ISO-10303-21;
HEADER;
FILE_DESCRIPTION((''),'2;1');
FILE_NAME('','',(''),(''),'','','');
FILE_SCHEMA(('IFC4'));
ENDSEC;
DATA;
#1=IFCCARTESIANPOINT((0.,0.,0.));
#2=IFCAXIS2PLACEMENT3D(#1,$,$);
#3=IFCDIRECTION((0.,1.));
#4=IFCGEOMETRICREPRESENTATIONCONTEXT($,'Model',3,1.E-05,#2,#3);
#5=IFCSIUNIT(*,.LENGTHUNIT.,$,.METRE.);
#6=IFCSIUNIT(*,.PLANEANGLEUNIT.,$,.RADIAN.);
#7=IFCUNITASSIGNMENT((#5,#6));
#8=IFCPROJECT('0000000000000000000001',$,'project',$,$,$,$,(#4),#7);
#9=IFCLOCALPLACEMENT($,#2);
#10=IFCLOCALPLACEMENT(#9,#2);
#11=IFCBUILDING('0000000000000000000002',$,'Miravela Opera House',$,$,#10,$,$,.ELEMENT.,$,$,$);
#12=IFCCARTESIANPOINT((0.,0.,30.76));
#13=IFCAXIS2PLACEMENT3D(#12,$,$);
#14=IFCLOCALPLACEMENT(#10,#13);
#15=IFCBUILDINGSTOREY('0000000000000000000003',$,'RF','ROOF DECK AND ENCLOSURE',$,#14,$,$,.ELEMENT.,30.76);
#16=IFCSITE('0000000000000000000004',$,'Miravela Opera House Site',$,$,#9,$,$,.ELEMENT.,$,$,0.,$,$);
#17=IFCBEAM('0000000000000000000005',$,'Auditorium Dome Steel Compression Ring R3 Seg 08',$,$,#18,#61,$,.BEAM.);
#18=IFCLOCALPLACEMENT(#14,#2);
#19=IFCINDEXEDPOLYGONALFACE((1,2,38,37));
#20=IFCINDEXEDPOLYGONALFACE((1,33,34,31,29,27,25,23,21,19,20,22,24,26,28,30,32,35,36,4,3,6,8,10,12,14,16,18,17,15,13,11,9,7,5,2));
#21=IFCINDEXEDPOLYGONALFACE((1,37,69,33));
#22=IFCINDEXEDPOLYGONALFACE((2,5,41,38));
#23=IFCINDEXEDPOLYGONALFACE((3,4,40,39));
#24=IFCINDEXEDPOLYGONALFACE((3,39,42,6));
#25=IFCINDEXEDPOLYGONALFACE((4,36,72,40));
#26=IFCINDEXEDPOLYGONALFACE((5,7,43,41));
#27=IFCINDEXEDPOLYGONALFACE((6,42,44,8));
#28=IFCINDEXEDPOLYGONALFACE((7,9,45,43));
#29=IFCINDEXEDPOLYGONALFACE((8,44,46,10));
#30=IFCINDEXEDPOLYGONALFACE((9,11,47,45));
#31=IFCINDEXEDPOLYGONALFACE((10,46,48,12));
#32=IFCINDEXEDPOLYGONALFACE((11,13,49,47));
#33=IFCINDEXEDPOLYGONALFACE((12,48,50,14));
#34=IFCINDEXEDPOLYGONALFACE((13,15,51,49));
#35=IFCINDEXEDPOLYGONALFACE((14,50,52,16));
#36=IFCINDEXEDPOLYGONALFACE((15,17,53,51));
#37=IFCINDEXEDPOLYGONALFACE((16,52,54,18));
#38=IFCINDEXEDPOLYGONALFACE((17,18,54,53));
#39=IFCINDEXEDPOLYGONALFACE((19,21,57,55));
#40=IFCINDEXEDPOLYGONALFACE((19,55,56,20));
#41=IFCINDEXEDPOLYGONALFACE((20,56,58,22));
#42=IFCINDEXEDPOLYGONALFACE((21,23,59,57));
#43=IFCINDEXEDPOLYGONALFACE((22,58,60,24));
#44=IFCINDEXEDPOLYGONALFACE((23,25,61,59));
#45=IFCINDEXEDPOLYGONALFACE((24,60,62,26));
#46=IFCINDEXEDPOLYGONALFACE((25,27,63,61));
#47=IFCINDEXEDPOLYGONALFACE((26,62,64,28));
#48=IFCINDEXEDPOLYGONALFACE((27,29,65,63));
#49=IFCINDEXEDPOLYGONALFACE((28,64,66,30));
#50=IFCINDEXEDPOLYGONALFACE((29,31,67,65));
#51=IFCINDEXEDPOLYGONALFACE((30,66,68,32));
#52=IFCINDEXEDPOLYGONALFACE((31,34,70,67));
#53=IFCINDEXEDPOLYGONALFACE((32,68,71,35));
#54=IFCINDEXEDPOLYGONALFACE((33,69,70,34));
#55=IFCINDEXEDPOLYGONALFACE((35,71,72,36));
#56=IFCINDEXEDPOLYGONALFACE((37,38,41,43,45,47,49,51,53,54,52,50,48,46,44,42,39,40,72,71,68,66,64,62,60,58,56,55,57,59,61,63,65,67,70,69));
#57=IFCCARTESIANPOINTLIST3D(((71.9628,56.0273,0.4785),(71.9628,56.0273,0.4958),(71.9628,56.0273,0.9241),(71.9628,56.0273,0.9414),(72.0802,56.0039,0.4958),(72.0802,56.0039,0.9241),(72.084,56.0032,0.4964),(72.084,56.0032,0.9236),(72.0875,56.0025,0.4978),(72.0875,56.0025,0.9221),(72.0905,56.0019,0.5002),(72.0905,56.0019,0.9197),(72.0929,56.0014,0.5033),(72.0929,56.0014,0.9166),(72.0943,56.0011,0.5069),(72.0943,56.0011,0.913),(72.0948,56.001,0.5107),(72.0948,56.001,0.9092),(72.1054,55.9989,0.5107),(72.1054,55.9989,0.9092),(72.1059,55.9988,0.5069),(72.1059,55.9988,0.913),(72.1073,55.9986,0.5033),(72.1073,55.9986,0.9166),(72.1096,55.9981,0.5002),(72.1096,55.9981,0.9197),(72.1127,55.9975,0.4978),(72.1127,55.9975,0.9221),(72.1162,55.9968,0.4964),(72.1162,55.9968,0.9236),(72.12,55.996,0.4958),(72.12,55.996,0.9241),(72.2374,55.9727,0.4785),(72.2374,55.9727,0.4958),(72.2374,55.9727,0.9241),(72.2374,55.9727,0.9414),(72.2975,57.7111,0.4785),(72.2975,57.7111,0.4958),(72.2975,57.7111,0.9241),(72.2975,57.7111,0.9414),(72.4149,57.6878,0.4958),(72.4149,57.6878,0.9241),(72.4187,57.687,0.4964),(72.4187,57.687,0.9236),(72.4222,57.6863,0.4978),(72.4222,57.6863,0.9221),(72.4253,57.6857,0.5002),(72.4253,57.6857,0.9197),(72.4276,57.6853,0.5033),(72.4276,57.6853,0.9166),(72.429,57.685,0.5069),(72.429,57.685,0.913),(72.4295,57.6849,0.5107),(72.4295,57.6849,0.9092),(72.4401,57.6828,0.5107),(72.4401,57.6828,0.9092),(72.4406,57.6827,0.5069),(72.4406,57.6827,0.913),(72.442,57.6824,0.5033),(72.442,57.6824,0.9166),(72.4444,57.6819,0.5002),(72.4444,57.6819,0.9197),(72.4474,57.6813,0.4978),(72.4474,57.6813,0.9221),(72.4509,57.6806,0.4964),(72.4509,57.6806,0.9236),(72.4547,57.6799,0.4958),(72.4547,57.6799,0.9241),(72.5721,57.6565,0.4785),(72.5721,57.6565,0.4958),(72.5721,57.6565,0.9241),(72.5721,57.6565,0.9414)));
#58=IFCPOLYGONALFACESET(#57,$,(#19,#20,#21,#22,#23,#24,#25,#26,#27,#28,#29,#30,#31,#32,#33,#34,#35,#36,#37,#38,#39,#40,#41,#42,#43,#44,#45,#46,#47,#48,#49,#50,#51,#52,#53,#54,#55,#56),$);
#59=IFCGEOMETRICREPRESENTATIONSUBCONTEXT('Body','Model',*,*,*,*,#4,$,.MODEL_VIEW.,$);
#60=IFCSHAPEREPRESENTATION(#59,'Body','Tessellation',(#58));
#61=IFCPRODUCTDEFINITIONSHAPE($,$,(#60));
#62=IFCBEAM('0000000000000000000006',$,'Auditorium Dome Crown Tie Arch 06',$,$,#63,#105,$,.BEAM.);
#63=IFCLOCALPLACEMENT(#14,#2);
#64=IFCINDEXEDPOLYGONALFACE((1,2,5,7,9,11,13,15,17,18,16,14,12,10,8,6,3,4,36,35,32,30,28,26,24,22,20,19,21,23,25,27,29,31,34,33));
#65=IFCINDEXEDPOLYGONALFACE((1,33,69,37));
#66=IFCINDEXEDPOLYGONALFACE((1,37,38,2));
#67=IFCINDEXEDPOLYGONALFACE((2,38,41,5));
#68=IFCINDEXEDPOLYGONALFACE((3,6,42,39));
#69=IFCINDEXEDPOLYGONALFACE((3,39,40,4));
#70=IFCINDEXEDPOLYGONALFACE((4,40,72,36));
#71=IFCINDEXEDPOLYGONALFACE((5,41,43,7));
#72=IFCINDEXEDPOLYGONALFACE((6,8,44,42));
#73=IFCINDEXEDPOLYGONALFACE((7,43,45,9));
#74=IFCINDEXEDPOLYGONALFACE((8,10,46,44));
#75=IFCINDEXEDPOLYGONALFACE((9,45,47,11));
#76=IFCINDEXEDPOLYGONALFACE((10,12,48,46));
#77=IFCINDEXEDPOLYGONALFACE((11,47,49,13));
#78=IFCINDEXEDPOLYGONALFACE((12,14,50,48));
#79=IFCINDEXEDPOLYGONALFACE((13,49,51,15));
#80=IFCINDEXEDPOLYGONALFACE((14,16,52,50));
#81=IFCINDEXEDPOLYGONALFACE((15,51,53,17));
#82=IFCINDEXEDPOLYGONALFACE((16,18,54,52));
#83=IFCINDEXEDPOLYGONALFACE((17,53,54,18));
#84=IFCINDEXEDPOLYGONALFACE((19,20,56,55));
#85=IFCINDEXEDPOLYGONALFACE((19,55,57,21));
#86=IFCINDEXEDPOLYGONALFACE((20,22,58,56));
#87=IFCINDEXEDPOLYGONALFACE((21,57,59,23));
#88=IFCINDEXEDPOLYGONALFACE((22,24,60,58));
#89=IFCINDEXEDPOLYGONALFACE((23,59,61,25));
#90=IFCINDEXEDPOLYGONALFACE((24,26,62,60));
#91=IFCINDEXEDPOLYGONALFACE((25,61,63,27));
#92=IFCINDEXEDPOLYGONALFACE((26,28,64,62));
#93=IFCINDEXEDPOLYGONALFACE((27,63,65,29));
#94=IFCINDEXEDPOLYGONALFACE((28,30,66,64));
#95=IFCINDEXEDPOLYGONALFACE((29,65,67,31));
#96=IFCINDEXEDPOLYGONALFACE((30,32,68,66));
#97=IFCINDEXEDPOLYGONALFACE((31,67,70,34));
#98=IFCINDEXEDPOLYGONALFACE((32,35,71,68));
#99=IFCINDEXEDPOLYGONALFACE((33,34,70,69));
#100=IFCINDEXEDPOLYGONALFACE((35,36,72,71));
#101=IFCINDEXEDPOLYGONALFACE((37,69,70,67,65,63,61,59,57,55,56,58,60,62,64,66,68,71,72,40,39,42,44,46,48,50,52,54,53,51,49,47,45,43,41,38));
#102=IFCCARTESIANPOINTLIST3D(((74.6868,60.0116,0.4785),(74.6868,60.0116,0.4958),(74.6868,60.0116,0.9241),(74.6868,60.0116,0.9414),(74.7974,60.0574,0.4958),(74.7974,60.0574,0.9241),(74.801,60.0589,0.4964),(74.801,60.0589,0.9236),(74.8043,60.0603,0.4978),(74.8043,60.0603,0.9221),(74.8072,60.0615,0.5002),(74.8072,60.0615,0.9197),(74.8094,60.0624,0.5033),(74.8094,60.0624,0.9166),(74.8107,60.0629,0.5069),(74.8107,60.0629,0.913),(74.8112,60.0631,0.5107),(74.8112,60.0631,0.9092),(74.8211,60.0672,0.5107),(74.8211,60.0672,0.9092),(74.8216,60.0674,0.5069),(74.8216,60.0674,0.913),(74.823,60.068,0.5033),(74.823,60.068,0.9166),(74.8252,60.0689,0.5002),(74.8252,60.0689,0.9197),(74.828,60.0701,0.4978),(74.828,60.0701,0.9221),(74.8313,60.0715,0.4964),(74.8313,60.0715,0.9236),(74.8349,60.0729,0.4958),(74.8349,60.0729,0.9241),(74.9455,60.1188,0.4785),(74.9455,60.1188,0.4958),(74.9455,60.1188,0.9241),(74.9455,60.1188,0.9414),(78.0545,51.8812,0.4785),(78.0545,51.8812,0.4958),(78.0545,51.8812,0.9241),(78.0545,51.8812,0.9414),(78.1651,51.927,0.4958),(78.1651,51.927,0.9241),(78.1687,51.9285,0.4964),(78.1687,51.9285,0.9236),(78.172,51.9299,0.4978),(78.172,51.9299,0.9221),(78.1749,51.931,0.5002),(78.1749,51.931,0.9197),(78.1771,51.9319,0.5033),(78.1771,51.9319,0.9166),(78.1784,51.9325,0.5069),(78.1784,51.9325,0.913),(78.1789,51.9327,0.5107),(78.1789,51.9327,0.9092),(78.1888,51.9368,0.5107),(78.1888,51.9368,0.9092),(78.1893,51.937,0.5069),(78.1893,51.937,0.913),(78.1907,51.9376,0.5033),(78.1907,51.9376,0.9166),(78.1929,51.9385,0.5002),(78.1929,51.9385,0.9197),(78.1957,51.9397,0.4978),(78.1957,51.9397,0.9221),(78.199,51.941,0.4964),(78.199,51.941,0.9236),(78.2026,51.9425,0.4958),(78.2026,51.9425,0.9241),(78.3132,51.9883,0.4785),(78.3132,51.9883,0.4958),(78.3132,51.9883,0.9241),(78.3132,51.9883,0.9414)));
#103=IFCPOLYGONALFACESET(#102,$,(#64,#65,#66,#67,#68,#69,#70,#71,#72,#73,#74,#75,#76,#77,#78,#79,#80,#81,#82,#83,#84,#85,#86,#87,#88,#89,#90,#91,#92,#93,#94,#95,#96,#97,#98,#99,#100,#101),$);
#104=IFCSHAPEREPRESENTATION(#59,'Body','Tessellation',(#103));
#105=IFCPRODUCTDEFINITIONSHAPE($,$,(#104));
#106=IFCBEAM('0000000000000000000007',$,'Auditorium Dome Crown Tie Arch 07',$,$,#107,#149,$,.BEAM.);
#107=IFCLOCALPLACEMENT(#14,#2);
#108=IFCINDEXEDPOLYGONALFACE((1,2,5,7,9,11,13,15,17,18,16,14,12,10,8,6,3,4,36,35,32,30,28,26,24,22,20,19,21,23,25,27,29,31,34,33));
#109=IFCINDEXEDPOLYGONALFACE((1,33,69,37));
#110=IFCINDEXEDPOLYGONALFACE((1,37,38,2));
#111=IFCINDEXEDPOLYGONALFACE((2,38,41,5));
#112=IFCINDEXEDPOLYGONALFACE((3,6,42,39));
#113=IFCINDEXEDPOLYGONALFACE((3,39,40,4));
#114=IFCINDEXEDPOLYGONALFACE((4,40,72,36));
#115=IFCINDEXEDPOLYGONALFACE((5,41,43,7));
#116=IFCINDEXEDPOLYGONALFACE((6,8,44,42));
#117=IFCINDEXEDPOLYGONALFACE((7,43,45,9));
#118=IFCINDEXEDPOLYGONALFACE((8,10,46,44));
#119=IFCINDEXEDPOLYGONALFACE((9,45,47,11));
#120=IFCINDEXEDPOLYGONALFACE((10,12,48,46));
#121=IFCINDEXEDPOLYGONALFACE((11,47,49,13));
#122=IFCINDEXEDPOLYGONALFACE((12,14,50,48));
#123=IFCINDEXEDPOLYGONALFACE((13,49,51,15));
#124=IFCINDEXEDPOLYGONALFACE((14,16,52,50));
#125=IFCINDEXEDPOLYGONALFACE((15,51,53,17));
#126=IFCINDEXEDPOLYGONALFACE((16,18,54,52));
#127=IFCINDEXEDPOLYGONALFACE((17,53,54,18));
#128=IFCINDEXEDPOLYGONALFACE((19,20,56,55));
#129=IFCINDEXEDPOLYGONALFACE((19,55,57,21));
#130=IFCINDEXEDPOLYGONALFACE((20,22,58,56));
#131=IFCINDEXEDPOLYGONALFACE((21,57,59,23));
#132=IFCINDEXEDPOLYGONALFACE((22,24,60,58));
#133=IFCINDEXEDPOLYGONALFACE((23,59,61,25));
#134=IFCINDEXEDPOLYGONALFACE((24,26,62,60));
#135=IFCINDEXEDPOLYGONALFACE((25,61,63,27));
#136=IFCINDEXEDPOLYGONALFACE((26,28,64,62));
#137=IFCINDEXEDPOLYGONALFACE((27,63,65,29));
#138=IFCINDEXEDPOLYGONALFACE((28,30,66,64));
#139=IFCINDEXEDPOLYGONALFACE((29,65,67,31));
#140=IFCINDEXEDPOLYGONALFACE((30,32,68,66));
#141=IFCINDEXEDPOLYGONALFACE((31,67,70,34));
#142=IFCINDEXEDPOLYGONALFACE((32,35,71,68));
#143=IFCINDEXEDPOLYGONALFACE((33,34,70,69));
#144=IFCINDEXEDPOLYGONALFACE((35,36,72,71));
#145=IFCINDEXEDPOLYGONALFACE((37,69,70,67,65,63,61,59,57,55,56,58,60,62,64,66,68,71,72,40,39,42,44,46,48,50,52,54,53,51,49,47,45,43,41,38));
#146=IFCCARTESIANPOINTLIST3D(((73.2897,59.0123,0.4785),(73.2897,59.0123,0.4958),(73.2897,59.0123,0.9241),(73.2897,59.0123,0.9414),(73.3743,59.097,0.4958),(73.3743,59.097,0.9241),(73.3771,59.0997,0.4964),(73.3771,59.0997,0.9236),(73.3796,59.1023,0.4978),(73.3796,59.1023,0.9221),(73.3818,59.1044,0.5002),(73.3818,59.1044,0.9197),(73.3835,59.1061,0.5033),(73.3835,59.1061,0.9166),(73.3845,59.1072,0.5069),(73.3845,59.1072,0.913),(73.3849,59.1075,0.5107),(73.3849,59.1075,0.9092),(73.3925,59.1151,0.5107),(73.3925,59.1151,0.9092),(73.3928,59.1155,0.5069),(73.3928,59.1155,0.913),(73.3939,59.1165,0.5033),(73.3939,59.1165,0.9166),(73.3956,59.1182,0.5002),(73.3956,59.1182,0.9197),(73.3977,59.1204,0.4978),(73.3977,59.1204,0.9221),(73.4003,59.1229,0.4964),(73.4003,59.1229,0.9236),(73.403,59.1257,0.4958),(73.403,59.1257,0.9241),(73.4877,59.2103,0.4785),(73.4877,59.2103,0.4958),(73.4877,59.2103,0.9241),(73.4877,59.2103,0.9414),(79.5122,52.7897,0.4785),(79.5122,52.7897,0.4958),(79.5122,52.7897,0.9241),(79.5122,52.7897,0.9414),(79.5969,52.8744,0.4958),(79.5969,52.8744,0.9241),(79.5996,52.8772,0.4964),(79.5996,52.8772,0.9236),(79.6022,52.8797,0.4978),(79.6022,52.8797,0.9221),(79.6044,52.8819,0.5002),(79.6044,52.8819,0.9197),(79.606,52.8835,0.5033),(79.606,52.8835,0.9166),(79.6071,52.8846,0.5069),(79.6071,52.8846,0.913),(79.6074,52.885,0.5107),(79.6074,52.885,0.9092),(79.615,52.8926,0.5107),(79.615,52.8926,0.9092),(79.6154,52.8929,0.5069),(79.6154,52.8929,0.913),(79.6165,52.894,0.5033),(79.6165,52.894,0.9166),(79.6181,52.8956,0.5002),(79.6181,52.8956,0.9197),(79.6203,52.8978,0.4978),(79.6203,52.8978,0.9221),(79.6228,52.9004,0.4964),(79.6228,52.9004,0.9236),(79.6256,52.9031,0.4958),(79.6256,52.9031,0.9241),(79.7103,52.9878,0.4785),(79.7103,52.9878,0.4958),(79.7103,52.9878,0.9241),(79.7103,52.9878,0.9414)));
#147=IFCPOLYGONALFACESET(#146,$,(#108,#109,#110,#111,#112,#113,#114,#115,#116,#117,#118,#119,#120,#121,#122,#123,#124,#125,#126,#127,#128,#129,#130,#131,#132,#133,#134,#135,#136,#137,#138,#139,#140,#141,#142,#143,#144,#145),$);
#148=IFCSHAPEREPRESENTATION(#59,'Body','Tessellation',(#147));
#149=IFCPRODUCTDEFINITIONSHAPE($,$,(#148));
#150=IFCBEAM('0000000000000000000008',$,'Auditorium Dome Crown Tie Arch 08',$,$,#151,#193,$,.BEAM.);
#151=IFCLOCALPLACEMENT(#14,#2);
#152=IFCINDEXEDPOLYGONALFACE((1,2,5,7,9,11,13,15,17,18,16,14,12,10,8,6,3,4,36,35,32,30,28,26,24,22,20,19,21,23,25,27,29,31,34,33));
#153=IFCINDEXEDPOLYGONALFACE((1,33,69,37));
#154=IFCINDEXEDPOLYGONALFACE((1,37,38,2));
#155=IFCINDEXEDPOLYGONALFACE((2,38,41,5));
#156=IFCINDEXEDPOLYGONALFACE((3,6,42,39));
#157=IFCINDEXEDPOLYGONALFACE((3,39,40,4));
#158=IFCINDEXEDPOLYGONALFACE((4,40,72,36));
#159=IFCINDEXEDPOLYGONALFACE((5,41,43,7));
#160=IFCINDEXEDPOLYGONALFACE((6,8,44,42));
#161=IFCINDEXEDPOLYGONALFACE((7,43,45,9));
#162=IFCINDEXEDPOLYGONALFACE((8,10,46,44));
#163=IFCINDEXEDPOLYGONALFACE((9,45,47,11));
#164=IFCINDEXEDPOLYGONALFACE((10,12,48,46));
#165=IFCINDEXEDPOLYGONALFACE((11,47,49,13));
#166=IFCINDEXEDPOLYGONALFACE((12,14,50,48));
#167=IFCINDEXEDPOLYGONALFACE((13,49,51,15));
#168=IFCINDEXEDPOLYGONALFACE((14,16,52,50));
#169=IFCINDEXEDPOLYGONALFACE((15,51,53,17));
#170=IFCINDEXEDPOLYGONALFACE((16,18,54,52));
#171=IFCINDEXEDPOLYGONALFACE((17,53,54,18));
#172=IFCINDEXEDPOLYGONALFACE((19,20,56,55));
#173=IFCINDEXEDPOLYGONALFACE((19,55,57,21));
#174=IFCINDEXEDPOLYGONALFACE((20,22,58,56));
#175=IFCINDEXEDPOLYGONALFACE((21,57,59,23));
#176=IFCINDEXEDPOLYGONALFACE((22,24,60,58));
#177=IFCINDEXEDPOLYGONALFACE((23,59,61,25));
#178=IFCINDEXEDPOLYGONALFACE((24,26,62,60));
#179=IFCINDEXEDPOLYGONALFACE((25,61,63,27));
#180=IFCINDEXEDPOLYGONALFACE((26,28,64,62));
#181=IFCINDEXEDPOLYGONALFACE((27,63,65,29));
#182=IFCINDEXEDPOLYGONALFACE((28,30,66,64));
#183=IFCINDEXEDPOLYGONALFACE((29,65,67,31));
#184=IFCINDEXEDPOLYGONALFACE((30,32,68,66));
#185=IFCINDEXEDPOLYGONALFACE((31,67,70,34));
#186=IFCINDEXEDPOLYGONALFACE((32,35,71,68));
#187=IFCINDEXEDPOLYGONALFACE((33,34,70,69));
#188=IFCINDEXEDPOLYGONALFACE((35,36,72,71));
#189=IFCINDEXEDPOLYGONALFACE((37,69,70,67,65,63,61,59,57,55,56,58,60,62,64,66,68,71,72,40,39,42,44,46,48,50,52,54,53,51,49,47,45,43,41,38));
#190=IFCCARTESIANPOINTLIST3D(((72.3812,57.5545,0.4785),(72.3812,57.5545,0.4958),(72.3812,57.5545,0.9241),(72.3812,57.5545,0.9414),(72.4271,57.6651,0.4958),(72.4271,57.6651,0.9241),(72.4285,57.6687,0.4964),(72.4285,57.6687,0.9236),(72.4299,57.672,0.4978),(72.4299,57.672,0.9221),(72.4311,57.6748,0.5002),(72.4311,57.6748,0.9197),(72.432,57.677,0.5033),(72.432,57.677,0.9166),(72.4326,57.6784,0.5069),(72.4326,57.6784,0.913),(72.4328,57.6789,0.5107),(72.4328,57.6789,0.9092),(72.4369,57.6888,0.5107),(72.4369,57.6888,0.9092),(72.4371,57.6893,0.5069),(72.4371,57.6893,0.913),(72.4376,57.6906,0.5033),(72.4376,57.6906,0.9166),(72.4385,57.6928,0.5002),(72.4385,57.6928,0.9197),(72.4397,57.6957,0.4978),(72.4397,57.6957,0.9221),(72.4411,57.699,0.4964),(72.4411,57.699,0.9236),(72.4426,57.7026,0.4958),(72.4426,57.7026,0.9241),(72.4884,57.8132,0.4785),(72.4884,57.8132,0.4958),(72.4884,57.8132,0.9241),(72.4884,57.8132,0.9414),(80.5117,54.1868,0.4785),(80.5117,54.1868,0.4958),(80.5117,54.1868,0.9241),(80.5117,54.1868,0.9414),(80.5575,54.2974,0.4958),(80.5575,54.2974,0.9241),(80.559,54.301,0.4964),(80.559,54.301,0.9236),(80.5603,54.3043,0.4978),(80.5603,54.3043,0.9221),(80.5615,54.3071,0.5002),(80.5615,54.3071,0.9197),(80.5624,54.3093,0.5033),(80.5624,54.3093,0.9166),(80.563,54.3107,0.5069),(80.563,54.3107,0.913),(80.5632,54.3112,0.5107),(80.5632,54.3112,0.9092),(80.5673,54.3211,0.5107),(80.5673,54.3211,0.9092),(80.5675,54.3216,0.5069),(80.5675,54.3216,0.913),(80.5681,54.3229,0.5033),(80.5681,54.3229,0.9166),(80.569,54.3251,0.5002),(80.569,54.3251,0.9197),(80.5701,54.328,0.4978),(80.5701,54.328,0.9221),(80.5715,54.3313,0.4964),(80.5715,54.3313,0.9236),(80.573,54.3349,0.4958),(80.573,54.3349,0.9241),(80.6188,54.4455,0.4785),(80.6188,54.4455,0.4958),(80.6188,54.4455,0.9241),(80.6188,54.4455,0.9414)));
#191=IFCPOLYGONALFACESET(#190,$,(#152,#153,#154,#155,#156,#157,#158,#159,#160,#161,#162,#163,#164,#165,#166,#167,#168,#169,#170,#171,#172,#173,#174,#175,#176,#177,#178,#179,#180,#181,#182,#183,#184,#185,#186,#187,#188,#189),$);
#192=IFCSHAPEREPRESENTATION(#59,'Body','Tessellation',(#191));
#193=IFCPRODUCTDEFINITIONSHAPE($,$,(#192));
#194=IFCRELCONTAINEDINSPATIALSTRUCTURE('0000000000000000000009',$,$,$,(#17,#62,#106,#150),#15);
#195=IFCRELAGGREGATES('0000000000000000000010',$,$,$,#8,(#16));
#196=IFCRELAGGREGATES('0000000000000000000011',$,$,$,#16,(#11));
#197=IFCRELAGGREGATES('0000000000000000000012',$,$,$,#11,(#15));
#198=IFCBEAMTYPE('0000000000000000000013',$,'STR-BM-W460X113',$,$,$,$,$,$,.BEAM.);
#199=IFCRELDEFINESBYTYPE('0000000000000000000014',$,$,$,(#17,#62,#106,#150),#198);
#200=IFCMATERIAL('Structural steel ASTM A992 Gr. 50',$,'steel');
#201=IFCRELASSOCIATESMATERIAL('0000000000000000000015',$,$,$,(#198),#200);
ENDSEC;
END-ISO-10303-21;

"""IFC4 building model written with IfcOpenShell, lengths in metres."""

from ifc_helpers import new_model, si_unit, direction, frame, origin, origin_2d, place, context, subcontext, project, spatial, i_section, extrude, material, material_profile, profile_set, type_object, element, save


model = new_model("IFC4")

# Units and contexts
model_context = context("Model", 3, precision=1e-05, world=origin(), true_north=direction((0.0, 1.0)))
body_context = subcontext(model_context, "Body", "Model", "MODEL_VIEW")
ifc_project = project(units=[si_unit("LENGTHUNIT", "METRE"), si_unit("PLANEANGLEUNIT", "RADIAN")], contexts=[model_context])

# Site, building, storey
site_placement = place(None, origin())
site = spatial("IfcSite", under=ifc_project, at=site_placement, Name="Miravela Opera House Site", CompositionType="ELEMENT", RefElevation=0.0)
building_placement = place(site_placement, origin())
building = spatial("IfcBuilding", under=site, at=building_placement, Name="Miravela Opera House", CompositionType="ELEMENT")
storey_placement = place(building_placement, frame((0.0, 0.0, 30.76)))
storey = spatial("IfcBuildingStorey", under=building, at=storey_placement, Name="RF", Description="ROOF DECK AND ENCLOSURE", CompositionType="ELEMENT", Elevation=30.76)

# Beams
ifc_material_1 = material(Name="Structural steel ASTM A992 Gr. 50", Category="steel")
ifc_material_profile_1 = material_profile(ifc_material_1, i_section(OverallWidth=0.28, OverallDepth=0.4629, WebThickness=0.0107, FlangeThickness=0.0173, FilletRadius=0.0149, at=origin_2d()), Name="W460X113")
ifc_profile_set_1 = profile_set([ifc_material_profile_1])
beam_type = type_object("IfcBeamType", Name="STR-BM-W460X113", PredefinedType="BEAM", material=ifc_profile_set_1)
for number, where, z_axis, x_axis, name in (
    (1, (72.4348, 57.6838, 0.71), (-0.194967, -0.98081, 0.0), (0.98081, -0.194967, 0.0), "Auditorium Dome Steel Compression Ring R3 Seg 08"),
):
    element("IfcBeam", number, at=place(storey_placement, frame(where, z_axis=z_axis, x_axis=x_axis)), inside=storey, type_object=beam_type, Name=name, PredefinedType="BEAM", context=body_context, shape_type="SweptSolid", body=[
        extrude(i_section(OverallWidth=0.28, OverallDepth=0.4629, WebThickness=0.0107, FlangeThickness=0.0173, FilletRadius=0.0149, at=origin_2d()), origin(), (0.0, 0.0, 1.0), 1.7168),
    ])
beam_1_placement = place(storey_placement, frame((74.8162, 60.0652, 0.71), z_axis=(0.38268, -0.923881, 0.0), x_axis=(0.923881, 0.38268, 0.0)))
element("IfcBeam", 2, at=beam_1_placement, inside=storey, type_object=beam_type, Name="Auditorium Dome Crown Tie Arch 06", PredefinedType="BEAM", context=body_context, shape_type="SweptSolid", body=[
    extrude(i_section(OverallWidth=0.28, OverallDepth=0.4629, WebThickness=0.0107, FlangeThickness=0.0173, FilletRadius=0.0149, at=origin_2d()), origin(), (0.0, 0.0, 1.0), 8.8003),
])
beam_2_placement = place(storey_placement, frame((73.3887, 59.1113, 0.71), z_axis=(0.707107, -0.707107, 0.0), x_axis=(0.707107, 0.707107, 0.0)))
element("IfcBeam", 3, at=beam_2_placement, inside=storey, type_object=beam_type, Name="Auditorium Dome Crown Tie Arch 07", PredefinedType="BEAM", context=body_context, shape_type="SweptSolid", body=[
    extrude(i_section(OverallWidth=0.28, OverallDepth=0.4629, WebThickness=0.0107, FlangeThickness=0.0173, FilletRadius=0.0149, at=origin_2d()), origin(), (0.0, 0.0, 1.0), 8.8),
])
beam_3_placement = place(storey_placement, frame((72.4348, 57.6838, 0.71), z_axis=(0.923881, -0.38268, 0.0), x_axis=(0.38268, 0.923881, 0.0)))
element("IfcBeam", 4, at=beam_3_placement, inside=storey, type_object=beam_type, Name="Auditorium Dome Crown Tie Arch 08", PredefinedType="BEAM", context=body_context, shape_type="SweptSolid", body=[
    extrude(i_section(OverallWidth=0.28, OverallDepth=0.4629, WebThickness=0.0107, FlangeThickness=0.0173, FilletRadius=0.0149, at=origin_2d()), origin(), (0.0, 0.0, 1.0), 8.8003),
])

save(model, "model.ifc")
